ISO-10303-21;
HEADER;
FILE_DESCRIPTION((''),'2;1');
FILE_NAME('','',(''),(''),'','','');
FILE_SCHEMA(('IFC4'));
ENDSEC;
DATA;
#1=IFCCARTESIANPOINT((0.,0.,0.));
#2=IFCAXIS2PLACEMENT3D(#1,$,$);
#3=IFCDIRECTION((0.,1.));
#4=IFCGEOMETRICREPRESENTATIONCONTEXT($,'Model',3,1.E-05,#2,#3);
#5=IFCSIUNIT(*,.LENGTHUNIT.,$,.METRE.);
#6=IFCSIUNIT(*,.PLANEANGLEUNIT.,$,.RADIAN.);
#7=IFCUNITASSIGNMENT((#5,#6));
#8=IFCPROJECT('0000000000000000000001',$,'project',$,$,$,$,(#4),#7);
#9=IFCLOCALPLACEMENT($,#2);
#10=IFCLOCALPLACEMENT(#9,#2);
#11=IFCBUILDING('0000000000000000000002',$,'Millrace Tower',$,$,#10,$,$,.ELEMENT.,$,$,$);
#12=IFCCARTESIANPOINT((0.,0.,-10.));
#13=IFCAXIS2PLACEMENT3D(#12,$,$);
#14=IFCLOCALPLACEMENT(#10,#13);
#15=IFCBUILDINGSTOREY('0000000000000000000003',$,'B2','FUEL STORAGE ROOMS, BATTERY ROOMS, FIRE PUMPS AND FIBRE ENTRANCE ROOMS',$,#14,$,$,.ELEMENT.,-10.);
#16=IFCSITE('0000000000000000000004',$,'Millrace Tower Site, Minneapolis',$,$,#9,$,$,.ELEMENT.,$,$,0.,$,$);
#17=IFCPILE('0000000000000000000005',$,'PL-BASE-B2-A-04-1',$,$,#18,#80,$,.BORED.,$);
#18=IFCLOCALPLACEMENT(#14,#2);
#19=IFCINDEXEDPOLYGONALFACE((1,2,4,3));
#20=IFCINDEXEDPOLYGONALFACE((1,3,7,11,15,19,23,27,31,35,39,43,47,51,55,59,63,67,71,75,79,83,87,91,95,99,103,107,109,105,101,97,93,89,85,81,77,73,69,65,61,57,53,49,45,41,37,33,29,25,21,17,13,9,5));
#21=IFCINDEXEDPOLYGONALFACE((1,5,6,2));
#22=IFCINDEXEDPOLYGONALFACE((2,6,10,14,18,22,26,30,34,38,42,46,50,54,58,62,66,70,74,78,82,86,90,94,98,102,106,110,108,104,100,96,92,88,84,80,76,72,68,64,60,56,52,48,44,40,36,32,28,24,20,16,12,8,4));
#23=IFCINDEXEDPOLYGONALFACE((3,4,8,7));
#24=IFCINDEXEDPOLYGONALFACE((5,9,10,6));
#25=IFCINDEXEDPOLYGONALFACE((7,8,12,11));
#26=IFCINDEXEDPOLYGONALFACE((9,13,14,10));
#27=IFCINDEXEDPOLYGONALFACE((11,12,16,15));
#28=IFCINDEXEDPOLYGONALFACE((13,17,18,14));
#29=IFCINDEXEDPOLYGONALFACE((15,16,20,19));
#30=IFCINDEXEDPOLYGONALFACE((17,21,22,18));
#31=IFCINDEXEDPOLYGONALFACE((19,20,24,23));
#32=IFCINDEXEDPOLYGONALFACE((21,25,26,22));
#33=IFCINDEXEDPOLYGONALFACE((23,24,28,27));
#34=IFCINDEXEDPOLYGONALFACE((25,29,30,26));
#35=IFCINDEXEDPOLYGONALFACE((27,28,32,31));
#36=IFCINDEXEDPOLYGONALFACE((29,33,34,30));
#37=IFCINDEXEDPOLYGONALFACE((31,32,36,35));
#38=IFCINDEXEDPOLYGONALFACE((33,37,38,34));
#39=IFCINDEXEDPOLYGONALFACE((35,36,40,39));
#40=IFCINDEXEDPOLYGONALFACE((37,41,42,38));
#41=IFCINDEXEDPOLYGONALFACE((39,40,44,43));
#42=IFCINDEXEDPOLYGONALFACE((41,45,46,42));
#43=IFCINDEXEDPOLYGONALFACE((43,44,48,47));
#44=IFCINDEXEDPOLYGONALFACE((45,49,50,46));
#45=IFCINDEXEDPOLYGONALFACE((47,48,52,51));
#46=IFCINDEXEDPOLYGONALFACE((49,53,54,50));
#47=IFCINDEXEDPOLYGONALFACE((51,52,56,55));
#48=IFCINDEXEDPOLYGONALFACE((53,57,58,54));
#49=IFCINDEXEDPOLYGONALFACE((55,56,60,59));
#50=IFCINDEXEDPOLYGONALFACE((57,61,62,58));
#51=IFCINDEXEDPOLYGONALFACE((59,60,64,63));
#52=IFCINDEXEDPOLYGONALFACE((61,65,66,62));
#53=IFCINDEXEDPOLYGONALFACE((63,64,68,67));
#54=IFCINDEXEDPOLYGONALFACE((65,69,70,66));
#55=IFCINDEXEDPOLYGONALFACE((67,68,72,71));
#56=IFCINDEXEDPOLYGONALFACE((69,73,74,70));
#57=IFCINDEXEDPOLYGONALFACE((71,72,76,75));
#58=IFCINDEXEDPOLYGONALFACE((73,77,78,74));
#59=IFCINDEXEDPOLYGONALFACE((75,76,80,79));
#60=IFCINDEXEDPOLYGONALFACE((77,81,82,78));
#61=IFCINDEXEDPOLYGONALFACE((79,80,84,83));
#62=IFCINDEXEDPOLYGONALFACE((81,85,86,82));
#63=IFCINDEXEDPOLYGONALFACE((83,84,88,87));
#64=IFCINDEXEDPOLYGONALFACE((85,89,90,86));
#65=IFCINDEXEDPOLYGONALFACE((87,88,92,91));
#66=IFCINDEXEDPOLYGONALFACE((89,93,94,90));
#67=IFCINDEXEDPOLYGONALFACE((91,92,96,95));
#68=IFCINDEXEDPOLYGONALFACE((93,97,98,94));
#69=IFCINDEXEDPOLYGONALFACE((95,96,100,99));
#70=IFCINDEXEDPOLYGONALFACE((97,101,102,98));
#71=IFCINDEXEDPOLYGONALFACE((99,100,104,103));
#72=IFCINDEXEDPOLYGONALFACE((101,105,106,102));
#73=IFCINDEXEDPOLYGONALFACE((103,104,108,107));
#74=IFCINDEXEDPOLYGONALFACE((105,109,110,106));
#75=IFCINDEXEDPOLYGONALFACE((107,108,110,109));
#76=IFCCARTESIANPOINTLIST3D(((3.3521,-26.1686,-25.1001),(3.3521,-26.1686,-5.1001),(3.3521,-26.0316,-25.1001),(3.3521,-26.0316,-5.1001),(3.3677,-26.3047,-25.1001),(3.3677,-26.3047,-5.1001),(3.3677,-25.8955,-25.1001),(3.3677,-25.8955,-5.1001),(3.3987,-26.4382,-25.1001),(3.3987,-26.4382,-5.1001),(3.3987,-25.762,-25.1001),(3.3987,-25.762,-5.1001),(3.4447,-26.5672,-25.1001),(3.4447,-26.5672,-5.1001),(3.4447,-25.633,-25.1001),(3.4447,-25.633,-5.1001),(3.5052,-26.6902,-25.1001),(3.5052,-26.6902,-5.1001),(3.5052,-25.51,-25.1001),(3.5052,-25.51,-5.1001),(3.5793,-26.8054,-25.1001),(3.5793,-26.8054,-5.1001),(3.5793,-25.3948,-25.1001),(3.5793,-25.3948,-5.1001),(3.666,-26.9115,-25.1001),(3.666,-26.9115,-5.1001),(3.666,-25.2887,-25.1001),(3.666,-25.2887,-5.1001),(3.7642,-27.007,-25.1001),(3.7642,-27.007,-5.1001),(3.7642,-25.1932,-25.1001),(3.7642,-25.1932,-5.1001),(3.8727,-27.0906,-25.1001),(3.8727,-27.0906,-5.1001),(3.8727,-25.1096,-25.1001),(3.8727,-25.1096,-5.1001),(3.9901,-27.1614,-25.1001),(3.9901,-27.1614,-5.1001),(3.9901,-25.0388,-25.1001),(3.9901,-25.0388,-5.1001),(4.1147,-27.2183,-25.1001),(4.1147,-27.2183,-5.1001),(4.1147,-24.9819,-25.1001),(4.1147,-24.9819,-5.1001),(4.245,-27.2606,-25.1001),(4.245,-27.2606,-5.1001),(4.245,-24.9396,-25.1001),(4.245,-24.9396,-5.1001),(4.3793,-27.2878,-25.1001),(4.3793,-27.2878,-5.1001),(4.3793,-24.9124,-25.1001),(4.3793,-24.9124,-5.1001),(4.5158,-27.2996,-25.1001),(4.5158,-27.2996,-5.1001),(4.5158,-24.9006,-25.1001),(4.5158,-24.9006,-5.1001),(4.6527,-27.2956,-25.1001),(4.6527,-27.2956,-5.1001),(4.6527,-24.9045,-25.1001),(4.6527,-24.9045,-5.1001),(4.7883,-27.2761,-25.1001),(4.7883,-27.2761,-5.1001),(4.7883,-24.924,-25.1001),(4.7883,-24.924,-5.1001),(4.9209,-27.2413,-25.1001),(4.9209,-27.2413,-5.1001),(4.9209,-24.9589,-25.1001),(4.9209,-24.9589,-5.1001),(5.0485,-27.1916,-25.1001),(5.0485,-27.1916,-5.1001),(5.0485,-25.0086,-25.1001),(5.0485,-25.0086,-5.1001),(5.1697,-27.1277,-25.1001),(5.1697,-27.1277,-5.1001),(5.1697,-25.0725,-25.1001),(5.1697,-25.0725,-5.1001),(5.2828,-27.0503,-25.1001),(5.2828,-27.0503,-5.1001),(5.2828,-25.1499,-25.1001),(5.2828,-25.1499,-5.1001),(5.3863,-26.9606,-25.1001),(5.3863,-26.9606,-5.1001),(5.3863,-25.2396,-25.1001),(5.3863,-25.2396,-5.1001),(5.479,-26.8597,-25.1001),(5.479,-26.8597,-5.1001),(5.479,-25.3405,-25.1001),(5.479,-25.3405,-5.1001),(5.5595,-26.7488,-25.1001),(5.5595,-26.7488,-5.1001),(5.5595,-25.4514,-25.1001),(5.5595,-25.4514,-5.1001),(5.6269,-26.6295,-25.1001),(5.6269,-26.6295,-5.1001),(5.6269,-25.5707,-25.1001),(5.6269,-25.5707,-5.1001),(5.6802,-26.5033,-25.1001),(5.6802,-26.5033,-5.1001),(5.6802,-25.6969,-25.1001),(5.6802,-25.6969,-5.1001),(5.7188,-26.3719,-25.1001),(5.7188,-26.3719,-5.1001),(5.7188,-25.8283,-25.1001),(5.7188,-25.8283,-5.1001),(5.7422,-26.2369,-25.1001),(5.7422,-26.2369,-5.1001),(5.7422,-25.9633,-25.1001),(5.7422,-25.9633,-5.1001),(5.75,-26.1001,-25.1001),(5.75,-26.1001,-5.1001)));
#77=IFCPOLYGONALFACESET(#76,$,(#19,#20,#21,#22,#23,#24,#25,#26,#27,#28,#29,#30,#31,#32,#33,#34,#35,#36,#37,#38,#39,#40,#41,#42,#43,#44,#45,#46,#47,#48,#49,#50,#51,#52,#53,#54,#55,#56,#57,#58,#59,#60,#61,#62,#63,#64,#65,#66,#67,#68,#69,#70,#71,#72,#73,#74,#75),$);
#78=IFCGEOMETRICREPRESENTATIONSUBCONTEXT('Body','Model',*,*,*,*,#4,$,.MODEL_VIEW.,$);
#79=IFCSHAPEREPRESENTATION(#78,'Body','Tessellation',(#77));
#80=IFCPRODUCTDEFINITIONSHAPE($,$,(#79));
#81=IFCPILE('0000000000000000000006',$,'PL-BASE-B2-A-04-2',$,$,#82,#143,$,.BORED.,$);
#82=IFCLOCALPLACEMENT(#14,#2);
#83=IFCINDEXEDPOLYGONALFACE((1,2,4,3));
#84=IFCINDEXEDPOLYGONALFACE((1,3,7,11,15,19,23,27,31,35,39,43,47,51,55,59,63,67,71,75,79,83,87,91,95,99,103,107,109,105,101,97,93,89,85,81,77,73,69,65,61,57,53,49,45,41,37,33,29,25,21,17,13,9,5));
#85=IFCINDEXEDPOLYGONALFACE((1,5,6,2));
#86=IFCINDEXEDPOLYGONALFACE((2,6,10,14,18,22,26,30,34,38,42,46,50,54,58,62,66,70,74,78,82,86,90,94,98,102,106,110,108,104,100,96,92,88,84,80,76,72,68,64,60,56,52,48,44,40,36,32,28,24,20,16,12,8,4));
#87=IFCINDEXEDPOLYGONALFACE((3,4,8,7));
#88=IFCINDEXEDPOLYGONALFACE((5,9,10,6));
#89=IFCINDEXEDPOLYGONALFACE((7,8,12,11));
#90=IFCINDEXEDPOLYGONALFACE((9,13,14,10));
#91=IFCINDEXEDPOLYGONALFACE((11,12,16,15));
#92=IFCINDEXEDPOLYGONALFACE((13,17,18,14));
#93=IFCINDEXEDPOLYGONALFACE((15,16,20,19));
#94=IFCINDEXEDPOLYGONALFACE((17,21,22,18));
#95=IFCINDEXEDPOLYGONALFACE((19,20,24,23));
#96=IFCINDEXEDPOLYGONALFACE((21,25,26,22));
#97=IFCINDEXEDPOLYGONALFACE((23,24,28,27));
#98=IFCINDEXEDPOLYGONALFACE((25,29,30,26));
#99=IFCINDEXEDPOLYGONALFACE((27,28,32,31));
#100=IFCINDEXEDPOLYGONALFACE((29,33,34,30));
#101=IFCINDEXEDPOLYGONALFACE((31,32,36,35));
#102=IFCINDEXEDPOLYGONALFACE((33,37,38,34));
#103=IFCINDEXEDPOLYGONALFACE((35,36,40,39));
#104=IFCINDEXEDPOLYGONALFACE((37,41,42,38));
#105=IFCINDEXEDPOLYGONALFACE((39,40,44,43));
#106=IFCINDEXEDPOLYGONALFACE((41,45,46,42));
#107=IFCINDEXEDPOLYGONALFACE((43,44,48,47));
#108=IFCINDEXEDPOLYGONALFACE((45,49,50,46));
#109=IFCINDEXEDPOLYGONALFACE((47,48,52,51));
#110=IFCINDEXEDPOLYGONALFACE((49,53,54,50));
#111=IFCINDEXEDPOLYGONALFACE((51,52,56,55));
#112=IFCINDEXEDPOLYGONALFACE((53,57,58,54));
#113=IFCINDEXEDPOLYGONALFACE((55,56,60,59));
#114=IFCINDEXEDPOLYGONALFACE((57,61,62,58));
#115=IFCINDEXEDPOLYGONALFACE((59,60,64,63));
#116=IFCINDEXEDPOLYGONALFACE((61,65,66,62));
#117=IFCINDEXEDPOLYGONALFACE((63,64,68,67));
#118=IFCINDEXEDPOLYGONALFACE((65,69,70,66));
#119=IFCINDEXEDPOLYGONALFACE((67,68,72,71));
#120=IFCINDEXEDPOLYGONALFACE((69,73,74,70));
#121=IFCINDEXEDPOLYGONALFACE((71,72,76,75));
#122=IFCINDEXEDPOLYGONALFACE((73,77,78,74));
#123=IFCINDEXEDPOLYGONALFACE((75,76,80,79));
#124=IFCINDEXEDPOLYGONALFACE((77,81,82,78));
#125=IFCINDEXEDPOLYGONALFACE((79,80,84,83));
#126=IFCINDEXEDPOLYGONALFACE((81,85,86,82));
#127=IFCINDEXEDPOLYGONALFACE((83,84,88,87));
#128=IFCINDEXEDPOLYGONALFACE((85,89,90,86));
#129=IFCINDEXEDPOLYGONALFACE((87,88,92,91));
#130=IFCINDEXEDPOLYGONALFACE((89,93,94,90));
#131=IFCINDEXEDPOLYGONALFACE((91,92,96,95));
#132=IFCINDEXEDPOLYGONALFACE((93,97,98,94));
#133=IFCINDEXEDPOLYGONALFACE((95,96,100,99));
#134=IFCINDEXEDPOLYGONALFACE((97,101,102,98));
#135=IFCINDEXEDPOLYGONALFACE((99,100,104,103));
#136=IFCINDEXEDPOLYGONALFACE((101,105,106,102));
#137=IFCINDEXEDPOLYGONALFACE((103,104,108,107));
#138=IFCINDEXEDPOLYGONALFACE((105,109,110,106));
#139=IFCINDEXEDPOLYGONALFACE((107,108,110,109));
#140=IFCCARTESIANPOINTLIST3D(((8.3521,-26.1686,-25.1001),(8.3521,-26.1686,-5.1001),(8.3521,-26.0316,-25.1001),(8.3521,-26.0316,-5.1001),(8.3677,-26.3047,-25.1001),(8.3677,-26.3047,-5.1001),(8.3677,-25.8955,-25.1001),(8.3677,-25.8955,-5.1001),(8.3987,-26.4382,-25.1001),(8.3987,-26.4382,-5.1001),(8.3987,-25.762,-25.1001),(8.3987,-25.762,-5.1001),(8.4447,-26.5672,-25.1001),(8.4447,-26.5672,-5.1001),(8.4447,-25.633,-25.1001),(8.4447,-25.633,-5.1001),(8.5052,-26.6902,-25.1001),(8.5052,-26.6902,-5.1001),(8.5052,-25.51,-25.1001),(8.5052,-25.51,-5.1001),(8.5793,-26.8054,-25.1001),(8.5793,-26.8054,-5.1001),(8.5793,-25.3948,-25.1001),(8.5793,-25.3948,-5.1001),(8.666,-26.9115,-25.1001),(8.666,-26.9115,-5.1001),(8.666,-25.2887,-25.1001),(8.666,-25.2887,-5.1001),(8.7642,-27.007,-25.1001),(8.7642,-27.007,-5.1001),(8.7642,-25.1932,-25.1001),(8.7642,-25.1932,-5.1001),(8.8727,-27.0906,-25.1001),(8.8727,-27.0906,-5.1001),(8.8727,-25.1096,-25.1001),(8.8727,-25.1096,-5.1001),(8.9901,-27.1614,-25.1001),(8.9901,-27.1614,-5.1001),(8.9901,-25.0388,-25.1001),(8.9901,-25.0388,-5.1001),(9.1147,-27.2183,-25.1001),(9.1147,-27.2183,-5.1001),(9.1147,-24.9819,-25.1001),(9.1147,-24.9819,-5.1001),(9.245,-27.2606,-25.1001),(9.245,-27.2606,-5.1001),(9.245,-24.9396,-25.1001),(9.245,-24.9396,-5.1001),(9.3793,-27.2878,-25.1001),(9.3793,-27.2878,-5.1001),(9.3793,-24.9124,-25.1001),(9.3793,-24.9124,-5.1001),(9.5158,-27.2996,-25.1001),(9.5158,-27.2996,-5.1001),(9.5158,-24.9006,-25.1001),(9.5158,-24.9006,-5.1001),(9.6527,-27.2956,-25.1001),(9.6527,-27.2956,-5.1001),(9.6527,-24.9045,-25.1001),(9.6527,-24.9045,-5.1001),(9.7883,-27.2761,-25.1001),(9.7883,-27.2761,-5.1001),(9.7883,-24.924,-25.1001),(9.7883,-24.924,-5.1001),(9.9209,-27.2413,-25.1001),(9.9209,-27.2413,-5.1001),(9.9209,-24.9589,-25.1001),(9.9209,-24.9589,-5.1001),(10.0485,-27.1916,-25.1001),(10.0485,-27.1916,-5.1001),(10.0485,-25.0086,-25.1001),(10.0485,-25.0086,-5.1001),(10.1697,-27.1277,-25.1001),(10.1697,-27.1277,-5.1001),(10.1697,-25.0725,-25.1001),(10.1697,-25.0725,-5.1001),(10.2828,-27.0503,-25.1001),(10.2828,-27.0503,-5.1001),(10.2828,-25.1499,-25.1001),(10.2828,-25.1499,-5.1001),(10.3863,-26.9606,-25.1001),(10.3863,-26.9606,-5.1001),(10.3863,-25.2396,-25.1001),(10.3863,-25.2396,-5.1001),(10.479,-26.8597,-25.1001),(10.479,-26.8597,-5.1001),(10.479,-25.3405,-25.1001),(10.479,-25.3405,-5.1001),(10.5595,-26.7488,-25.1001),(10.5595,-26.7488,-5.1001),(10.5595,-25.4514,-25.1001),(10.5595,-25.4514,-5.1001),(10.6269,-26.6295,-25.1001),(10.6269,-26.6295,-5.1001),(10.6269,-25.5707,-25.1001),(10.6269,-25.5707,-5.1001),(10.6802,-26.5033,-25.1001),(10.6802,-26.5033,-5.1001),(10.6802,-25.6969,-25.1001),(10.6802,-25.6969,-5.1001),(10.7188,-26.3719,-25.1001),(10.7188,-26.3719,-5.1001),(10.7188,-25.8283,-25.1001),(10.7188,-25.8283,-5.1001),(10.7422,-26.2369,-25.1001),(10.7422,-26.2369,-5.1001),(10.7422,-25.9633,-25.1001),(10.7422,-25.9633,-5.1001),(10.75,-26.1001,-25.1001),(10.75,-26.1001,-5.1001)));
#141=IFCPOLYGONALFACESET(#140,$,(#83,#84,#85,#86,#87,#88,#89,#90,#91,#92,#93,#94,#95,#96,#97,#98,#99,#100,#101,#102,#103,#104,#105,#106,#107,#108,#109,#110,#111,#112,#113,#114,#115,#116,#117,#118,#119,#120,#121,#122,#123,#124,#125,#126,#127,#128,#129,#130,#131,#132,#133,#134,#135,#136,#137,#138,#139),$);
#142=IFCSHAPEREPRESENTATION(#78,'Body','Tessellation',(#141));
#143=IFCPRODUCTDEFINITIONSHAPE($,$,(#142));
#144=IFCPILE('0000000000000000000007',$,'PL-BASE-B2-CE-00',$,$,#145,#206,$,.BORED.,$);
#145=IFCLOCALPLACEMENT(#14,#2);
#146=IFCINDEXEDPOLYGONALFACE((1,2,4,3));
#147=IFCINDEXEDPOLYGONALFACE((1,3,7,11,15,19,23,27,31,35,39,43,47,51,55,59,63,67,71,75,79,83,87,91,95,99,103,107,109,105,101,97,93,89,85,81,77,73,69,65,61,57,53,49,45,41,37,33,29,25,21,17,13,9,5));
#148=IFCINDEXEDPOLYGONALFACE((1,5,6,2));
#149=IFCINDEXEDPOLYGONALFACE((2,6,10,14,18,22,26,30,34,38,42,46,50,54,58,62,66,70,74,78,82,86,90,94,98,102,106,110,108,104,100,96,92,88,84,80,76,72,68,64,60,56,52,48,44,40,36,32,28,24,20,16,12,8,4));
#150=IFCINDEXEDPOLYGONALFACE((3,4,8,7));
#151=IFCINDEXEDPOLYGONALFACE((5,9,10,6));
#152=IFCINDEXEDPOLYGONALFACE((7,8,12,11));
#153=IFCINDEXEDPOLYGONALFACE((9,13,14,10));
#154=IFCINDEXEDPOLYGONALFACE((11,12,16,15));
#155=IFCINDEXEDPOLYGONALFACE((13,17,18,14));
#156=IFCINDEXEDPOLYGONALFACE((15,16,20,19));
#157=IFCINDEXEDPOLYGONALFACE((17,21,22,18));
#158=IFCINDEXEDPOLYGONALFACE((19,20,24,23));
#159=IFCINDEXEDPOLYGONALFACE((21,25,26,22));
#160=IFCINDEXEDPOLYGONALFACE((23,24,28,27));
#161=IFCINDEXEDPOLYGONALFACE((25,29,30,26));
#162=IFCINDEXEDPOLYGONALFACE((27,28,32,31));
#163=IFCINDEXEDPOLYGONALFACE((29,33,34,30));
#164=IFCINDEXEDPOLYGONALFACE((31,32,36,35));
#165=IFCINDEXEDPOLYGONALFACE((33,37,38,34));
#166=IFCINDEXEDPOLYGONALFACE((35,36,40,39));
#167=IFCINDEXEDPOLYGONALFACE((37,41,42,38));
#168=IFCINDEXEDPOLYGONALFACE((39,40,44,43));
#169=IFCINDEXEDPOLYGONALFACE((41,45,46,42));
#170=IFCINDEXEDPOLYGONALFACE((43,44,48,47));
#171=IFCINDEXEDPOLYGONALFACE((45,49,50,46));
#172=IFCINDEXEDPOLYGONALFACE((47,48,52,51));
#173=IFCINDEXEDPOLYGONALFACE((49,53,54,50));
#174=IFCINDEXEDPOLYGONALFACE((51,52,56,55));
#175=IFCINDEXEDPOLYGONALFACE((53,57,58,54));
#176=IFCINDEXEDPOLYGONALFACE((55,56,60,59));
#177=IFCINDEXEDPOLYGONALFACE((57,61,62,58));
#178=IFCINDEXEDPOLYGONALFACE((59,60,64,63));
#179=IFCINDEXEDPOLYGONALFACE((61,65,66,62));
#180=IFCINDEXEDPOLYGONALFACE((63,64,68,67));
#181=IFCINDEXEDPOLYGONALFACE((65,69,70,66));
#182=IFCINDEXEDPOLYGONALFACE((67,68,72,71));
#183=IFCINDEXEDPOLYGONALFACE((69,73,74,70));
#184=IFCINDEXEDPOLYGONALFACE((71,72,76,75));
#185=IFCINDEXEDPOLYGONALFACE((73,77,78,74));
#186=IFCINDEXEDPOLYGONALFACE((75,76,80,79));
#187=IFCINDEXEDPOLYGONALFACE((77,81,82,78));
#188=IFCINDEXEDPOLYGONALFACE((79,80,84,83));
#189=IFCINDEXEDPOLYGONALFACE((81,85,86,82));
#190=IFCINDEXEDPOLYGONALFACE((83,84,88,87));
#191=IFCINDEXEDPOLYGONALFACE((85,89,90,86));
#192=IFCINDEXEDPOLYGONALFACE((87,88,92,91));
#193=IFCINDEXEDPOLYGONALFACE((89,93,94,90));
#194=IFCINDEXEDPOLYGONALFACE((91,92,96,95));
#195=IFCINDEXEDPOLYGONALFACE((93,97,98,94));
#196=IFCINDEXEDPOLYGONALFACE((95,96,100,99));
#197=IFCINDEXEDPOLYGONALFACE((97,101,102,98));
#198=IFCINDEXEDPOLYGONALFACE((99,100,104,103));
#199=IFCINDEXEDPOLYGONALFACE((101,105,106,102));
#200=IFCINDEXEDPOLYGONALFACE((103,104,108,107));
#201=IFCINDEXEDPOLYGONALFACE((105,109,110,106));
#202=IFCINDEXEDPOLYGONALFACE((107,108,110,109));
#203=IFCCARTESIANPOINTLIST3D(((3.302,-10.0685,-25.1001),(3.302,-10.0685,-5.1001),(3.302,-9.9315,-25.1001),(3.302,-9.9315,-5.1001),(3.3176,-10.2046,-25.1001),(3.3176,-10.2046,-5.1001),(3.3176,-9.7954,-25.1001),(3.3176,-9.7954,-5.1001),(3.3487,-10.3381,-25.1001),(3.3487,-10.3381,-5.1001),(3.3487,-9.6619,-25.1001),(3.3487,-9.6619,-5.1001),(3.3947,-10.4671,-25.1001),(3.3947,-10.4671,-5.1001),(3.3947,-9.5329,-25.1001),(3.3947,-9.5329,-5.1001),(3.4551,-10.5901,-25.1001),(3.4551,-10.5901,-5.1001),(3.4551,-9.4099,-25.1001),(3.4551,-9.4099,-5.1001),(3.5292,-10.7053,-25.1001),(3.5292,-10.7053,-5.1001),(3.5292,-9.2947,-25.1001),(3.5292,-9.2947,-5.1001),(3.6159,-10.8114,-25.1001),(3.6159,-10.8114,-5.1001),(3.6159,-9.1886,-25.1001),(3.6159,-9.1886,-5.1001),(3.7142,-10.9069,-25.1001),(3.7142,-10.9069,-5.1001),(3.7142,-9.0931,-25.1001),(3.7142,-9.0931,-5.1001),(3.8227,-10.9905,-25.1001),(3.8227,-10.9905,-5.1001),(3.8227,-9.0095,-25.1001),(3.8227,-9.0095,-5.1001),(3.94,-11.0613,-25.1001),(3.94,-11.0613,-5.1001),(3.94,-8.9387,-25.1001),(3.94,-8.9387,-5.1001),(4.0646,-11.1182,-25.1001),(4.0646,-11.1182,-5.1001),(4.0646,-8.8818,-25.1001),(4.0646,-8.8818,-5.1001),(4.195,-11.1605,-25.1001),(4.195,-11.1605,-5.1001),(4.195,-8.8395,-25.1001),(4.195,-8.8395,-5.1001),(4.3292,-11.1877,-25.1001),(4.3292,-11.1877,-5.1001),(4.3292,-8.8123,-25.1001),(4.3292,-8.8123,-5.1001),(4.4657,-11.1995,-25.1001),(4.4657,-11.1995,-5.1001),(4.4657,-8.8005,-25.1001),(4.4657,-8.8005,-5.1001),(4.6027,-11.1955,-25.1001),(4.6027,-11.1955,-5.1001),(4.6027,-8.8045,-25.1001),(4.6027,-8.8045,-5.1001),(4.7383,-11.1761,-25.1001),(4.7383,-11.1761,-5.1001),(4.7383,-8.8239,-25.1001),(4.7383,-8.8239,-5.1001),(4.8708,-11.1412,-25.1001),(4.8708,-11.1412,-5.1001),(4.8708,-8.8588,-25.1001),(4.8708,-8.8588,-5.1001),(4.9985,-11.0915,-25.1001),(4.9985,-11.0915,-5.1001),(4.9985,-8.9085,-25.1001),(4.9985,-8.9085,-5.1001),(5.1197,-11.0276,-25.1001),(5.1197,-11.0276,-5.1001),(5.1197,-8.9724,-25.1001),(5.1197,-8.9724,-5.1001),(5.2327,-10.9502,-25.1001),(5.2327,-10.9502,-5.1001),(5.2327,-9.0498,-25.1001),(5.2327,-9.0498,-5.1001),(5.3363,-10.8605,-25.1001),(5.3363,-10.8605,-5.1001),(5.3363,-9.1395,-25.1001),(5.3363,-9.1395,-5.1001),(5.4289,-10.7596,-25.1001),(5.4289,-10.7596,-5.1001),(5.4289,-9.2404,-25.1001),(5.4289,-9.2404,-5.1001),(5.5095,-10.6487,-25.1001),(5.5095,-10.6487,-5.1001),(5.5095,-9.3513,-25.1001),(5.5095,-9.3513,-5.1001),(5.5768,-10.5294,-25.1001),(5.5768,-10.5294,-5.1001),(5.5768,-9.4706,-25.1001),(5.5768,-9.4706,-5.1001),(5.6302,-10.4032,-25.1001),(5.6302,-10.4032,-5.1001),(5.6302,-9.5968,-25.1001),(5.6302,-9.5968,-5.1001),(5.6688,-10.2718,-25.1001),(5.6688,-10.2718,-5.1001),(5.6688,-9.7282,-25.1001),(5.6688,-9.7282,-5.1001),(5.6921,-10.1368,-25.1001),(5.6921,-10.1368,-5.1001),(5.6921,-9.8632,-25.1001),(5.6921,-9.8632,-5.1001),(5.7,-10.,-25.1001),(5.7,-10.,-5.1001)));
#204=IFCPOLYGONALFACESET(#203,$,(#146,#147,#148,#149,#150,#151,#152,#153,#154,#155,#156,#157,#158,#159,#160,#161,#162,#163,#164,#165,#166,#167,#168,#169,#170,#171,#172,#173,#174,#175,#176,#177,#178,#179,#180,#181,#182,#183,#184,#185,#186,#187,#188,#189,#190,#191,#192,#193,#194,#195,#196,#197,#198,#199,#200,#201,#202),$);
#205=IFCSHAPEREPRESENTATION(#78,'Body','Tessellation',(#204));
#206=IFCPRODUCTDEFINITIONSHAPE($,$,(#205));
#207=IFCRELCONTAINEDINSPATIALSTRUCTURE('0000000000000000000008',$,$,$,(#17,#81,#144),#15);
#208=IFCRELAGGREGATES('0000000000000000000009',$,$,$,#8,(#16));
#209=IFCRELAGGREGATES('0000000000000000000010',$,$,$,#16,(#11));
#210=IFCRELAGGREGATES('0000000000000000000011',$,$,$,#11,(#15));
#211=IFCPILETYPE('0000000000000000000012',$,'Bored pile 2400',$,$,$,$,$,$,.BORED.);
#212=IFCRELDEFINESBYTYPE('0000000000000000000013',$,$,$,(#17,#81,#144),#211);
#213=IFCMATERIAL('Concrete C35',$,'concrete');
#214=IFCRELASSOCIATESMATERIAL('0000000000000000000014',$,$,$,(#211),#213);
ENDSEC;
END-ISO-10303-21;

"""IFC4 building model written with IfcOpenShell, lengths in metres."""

from ifc_helpers import new_model, si_unit, direction, frame, origin, origin_2d, place, context, subcontext, project, spatial, circle, extrude, material, material_profile, profile_set, type_object, element, save


model = new_model("IFC4")

# Units and contexts
model_context = context("Model", 3, precision=1e-05, world=origin(), true_north=direction((0.0, 1.0)))
body_context = subcontext(model_context, "Body", "Model", "MODEL_VIEW")
ifc_project = project(units=[si_unit("LENGTHUNIT", "METRE"), si_unit("PLANEANGLEUNIT", "RADIAN")], contexts=[model_context])

# Site, building, storey
site_placement = place(None, origin())
site = spatial("IfcSite", under=ifc_project, at=site_placement, Name="Millrace Tower Site, Minneapolis", CompositionType="ELEMENT", RefElevation=0.0)
building_placement = place(site_placement, origin())
building = spatial("IfcBuilding", under=site, at=building_placement, Name="Millrace Tower", CompositionType="ELEMENT")
storey_placement = place(building_placement, frame((0.0, 0.0, -10.0)))
storey = spatial("IfcBuildingStorey", under=building, at=storey_placement, Name="B2", Description="FUEL STORAGE ROOMS, BATTERY ROOMS, FIRE PUMPS AND FIBRE ENTRANCE ROOMS", CompositionType="ELEMENT", Elevation=-10.0)

# Piles
ifc_material_1 = material(Name="Concrete C35", Category="concrete")
ifc_material_profile_1 = material_profile(ifc_material_1, circle(Radius=1.2, at=origin_2d()))
ifc_profile_set_1 = profile_set([ifc_material_profile_1], Name="Concrete C35")
pile_type = type_object("IfcPileType", Name="Bored pile 2400", PredefinedType="BORED", material=ifc_profile_set_1)
for number, where, z_axis, x_axis, name in (
    (1, (4.55, -26.1001, -5.1001), (0.0, 0.0, -1.0), (1.0, 0.0, 0.0), "PL-BASE-B2-A-04-1"),
    (2, (9.55, -26.1001, -5.1001), (0.0, 0.0, -1.0), (1.0, 0.0, 0.0), "PL-BASE-B2-A-04-2"),
    (3, (4.5, -10.0, -5.1001), (0.0, 0.0, -1.0), (1.0, 0.0, 0.0), "PL-BASE-B2-CE-00"),
):
    element("IfcPile", number, at=place(storey_placement, frame(where, z_axis=z_axis, x_axis=x_axis)), inside=storey, type_object=pile_type, Name=name, PredefinedType="BORED", context=body_context, shape_type="SweptSolid", body=[
        extrude(circle(Radius=1.2, at=origin_2d()), origin(), (0.0, 0.0, 1.0), 20.0),
    ])

save(model, "model.ifc")
